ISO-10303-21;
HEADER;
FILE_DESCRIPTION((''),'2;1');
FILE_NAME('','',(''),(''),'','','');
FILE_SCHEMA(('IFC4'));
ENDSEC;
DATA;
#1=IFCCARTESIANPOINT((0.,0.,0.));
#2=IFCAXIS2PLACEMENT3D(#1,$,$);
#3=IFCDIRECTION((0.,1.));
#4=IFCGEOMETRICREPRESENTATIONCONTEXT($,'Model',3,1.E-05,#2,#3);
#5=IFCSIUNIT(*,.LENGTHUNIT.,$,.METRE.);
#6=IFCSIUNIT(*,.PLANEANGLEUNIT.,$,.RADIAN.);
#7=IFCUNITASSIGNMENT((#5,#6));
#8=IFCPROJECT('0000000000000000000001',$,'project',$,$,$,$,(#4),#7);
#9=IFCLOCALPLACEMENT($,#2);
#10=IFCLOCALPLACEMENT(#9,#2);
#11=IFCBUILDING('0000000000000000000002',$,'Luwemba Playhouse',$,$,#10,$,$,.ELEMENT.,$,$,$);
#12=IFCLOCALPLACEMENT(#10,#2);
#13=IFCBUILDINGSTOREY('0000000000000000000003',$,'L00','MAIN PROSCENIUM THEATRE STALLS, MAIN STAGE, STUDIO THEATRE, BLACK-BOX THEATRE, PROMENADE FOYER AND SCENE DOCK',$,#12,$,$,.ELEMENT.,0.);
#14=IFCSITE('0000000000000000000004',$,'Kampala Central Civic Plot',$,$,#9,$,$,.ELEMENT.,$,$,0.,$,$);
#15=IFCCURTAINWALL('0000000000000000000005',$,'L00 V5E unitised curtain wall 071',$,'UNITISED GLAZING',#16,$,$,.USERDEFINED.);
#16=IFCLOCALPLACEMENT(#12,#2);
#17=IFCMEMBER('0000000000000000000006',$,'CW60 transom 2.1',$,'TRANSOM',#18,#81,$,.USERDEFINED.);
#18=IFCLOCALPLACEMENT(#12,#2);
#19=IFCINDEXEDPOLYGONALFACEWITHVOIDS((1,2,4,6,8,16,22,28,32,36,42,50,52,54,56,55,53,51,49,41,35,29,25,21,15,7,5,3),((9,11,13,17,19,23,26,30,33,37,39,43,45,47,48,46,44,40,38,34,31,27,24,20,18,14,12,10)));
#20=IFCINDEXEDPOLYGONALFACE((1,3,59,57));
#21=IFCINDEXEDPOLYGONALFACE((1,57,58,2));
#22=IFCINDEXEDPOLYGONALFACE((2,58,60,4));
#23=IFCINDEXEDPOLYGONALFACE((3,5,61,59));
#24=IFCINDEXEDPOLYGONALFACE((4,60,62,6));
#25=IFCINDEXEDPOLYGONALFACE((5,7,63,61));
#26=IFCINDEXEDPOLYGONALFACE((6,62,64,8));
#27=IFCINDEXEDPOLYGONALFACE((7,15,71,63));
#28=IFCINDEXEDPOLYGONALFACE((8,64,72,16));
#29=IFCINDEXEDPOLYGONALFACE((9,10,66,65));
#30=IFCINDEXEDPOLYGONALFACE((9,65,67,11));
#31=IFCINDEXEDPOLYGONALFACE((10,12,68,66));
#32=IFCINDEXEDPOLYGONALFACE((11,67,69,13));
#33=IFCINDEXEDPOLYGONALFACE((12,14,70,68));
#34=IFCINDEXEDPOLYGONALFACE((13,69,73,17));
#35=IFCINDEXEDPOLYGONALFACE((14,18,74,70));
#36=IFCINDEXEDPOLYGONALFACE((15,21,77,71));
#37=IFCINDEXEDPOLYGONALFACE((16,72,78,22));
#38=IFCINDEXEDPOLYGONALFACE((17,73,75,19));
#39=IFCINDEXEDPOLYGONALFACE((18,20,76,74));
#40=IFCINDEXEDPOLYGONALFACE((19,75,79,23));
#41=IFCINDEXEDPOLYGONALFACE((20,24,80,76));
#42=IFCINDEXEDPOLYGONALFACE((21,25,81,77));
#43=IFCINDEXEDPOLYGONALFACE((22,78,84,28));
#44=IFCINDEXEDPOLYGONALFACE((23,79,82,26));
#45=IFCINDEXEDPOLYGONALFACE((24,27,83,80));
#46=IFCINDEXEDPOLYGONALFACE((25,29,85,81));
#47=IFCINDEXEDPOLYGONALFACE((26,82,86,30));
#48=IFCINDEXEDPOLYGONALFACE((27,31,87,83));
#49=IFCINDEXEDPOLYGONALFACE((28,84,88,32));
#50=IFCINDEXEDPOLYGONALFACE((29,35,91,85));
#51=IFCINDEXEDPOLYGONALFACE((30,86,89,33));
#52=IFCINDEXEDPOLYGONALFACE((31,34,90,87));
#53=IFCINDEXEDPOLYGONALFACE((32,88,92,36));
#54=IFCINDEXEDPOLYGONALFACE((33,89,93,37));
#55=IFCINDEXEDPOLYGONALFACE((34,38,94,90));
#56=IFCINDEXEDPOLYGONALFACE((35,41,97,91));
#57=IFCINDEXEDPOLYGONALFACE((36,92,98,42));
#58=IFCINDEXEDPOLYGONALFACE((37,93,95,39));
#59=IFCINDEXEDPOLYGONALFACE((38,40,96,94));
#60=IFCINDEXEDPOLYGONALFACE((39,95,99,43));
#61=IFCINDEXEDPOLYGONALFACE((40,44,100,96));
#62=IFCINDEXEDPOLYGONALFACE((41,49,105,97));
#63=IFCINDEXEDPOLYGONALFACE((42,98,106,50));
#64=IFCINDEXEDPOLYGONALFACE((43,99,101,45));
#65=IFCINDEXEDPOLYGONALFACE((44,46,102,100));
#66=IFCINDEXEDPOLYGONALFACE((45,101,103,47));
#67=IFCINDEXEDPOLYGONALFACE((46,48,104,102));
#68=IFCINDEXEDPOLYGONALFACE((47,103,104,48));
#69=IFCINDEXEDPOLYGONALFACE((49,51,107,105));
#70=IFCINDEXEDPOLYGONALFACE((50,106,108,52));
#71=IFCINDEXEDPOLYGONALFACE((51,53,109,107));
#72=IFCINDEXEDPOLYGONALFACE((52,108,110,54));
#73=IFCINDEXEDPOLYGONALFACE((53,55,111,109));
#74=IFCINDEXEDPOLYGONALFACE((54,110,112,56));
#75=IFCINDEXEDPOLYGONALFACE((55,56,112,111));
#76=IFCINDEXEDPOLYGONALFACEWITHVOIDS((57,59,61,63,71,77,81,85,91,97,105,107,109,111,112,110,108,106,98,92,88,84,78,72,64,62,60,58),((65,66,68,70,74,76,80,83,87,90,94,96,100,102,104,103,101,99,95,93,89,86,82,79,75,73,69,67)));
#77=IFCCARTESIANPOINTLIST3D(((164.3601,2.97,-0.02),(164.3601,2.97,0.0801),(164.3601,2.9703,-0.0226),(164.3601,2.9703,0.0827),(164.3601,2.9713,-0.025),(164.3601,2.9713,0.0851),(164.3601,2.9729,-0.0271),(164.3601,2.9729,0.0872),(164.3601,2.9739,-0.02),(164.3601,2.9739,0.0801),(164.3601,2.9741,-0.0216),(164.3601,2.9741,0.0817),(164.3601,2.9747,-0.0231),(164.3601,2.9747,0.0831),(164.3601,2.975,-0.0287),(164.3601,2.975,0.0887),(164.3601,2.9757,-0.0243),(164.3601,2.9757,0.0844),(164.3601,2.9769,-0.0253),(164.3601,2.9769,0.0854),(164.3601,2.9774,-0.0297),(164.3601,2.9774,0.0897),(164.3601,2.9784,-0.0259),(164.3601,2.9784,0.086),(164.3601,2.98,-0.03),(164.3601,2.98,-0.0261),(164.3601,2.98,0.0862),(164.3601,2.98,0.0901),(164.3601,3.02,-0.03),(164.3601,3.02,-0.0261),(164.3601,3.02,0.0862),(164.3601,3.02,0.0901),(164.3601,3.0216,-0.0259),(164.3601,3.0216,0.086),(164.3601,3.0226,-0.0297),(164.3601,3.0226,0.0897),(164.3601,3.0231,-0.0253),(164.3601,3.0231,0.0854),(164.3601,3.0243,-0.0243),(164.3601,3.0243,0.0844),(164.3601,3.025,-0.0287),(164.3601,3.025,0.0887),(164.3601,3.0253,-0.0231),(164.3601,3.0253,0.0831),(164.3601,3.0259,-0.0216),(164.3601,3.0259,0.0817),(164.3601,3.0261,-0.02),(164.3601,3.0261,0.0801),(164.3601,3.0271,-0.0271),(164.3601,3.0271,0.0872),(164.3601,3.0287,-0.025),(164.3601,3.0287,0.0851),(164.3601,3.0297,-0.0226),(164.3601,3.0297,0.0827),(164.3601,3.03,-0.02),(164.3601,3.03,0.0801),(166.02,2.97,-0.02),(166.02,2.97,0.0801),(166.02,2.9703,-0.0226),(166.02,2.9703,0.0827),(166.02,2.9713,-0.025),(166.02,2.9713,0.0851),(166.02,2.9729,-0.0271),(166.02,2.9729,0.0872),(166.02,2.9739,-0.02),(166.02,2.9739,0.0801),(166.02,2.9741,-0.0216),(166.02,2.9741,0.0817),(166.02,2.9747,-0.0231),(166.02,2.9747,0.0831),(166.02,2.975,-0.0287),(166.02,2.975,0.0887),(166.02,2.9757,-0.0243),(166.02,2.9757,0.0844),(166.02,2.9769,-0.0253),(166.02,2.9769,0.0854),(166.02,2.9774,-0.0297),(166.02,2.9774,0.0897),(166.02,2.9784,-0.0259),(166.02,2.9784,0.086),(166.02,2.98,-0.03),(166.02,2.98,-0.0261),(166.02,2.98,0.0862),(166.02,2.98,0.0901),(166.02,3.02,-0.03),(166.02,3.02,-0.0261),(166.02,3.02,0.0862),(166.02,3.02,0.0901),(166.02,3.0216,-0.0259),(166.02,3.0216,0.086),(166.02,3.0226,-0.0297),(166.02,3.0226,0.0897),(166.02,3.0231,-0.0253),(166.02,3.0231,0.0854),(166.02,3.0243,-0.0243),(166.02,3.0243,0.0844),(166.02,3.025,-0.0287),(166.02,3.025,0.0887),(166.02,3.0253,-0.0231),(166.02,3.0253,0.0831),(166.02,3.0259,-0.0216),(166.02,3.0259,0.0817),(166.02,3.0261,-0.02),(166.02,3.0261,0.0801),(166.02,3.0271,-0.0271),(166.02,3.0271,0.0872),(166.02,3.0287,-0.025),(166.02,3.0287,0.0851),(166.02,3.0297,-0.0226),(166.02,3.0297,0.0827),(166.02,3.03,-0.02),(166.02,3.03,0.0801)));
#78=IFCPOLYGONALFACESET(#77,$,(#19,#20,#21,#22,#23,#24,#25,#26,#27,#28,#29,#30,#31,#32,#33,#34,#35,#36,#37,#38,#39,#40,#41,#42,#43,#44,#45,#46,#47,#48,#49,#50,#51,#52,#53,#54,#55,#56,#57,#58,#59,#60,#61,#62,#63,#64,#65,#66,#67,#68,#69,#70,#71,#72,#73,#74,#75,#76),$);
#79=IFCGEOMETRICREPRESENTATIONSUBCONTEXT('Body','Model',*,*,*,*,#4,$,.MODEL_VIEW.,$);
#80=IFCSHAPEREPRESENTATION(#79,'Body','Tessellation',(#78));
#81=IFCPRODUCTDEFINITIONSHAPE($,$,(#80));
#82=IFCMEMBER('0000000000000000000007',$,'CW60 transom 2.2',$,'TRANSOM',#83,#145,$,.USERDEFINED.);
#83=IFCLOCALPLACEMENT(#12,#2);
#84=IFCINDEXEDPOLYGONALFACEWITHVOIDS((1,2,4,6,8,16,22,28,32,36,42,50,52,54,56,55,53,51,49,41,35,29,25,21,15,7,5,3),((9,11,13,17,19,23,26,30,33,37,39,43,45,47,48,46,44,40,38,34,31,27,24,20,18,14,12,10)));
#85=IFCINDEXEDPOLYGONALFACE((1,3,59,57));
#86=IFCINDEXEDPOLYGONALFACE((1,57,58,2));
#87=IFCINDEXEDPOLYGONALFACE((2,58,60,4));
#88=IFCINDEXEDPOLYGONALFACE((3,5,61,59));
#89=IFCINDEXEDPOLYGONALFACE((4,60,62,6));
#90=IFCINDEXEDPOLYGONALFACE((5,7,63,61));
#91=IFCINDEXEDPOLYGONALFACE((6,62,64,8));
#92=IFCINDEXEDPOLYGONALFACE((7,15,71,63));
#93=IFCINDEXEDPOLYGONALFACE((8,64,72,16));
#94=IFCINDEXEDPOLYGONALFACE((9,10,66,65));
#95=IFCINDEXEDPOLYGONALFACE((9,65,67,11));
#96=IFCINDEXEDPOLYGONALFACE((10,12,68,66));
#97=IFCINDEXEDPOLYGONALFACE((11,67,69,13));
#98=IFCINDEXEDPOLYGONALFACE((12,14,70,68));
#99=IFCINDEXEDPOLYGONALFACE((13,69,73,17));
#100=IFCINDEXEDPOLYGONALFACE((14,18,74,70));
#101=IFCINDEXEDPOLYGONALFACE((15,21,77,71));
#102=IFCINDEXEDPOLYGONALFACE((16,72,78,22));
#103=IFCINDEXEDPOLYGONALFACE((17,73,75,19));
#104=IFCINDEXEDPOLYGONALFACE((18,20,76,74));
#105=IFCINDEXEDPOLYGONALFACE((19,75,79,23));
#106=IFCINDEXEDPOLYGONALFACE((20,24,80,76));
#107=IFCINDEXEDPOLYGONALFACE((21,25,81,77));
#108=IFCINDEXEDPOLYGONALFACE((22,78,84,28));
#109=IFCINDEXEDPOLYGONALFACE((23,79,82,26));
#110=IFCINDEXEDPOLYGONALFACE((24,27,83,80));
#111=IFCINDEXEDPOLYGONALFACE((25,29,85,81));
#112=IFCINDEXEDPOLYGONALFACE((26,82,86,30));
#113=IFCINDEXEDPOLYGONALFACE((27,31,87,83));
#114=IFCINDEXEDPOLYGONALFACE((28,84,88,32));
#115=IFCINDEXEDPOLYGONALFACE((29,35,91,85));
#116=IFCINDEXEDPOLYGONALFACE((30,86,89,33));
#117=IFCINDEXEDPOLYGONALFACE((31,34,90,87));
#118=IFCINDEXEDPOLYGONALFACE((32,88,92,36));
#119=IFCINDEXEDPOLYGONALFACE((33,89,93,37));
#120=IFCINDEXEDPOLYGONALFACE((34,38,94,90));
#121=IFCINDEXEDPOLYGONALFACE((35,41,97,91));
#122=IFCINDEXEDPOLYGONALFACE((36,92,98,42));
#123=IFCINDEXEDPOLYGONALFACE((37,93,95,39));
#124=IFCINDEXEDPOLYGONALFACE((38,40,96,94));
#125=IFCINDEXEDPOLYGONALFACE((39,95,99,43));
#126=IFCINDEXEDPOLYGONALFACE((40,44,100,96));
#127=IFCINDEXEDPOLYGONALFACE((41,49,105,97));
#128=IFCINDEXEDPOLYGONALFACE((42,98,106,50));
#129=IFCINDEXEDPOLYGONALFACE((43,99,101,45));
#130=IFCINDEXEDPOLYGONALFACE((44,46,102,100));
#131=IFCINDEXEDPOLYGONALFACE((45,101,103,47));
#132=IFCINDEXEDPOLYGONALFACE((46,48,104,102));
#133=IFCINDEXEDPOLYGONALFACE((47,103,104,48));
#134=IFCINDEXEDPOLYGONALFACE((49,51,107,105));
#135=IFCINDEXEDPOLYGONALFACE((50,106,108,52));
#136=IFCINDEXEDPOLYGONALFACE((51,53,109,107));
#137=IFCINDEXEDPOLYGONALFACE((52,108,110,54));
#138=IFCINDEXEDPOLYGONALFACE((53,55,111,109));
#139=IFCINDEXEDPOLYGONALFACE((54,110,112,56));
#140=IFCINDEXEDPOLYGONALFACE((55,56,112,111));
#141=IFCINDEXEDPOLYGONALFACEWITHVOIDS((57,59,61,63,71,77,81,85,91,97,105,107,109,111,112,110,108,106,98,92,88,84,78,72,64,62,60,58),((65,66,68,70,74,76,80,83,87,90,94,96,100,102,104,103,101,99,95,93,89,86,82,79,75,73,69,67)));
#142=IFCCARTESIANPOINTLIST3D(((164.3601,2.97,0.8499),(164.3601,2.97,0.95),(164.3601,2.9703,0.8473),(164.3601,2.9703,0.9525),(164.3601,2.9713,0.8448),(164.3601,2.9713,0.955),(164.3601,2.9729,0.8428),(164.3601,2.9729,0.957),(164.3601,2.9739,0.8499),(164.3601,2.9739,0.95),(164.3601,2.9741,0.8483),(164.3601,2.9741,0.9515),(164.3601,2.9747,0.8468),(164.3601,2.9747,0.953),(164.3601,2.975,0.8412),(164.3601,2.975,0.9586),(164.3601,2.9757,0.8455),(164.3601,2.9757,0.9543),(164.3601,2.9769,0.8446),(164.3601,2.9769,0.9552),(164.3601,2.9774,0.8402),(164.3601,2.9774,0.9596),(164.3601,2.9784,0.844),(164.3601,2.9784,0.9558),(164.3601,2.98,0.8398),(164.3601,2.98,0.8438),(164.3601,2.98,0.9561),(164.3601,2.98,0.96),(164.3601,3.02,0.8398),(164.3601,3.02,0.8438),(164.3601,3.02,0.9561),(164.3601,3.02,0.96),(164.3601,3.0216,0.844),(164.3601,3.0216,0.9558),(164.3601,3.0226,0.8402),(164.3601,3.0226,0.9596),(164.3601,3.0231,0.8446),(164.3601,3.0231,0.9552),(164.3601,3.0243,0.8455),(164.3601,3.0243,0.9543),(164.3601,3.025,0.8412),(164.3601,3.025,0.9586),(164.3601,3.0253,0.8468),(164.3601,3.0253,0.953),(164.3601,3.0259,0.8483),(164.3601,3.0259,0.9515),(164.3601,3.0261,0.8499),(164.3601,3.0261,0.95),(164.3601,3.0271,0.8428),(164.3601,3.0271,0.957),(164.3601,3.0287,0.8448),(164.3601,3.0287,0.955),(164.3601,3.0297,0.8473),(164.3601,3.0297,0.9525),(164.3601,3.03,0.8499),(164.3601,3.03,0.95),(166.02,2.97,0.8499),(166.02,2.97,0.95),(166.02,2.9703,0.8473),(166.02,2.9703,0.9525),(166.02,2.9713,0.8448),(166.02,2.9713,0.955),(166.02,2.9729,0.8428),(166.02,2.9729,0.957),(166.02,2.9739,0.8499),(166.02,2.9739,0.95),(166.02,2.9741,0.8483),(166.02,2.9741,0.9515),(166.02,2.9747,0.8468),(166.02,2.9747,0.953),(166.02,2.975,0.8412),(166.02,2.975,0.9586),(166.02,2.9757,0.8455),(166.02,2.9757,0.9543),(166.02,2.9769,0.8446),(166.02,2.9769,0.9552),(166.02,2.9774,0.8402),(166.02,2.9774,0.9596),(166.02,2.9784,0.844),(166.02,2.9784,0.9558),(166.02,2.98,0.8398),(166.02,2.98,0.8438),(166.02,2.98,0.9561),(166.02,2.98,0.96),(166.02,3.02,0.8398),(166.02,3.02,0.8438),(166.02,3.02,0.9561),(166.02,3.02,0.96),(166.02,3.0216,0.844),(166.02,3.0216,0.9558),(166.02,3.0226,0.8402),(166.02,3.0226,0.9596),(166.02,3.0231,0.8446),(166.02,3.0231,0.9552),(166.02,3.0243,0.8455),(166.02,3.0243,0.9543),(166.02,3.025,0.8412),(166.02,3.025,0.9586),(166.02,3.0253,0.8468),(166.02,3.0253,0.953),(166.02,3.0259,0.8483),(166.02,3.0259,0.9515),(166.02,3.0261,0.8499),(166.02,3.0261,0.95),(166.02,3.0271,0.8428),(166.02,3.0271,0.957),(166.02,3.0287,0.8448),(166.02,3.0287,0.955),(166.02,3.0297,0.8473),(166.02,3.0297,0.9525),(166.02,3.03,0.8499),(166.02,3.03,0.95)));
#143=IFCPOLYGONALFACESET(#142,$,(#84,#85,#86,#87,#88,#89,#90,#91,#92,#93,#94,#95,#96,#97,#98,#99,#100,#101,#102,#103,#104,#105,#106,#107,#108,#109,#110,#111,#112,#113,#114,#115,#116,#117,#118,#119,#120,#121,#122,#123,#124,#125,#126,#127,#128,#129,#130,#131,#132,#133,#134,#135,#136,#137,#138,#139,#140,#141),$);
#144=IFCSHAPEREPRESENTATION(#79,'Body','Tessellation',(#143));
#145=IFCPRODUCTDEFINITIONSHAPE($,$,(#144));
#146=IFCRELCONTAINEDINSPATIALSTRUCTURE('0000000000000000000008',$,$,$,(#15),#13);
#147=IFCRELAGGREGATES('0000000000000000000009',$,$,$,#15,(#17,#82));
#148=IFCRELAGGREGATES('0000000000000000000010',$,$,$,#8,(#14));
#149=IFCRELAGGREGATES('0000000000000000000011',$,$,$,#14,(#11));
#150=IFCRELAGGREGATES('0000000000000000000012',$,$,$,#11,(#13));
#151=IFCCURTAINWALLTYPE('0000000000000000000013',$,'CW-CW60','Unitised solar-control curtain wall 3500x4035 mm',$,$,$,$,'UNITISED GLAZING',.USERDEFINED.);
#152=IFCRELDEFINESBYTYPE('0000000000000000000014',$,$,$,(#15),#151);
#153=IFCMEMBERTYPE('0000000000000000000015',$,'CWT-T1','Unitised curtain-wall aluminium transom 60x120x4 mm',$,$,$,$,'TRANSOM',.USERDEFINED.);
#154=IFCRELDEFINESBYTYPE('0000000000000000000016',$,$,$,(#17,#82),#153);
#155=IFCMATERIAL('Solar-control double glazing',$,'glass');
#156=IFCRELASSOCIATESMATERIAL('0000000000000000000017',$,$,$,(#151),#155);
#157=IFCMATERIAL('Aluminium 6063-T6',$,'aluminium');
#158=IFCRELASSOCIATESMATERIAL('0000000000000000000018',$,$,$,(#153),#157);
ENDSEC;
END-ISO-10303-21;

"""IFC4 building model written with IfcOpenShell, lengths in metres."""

from ifc_helpers import new_model, si_unit, direction, frame, origin, origin_2d, place, context, subcontext, project, spatial, hollow_rectangle, extrude, material, material_profile, profile_set, type_object, element, aggregate, save


model = new_model("IFC4")

# Units and contexts
model_context = context("Model", 3, precision=1e-05, world=origin(), true_north=direction((0.0, 1.0)))
body_context = subcontext(model_context, "Body", "Model", "MODEL_VIEW")
ifc_project = project(units=[si_unit("LENGTHUNIT", "METRE"), si_unit("PLANEANGLEUNIT", "RADIAN")], contexts=[model_context])

# Site, building, storey
site_placement = place(None, origin())
site = spatial("IfcSite", under=ifc_project, at=site_placement, Name="Kampala Central Civic Plot", CompositionType="ELEMENT", RefElevation=0.0)
building_placement = place(site_placement, origin())
building = spatial("IfcBuilding", under=site, at=building_placement, Name="Luwemba Playhouse", CompositionType="ELEMENT")
storey_placement = place(building_placement, origin())
storey = spatial("IfcBuildingStorey", under=building, at=storey_placement, Name="L00", Description="MAIN PROSCENIUM THEATRE STALLS, MAIN STAGE, STUDIO THEATRE, BLACK-BOX THEATRE, PROMENADE FOYER AND SCENE DOCK", CompositionType="ELEMENT", Elevation=0.0)

# Curtain wall, members
ifc_material_1 = material(Name="Solar-control double glazing", Category="glass")
curtain_wall_type = type_object("IfcCurtainWallType", Name="CW-CW60", Description="Unitised solar-control curtain wall 3500x4035 mm", ElementType="UNITISED GLAZING", PredefinedType="USERDEFINED", material=ifc_material_1)
curtain_wall_placement = place(storey_placement, origin())
curtain_wall = element("IfcCurtainWall", 1, at=curtain_wall_placement, inside=storey, type_object=curtain_wall_type, Name="L00 V5E unitised curtain wall 071", ObjectType="UNITISED GLAZING", PredefinedType="USERDEFINED")
ifc_material_2 = material(Name="Aluminium 6063-T6", Category="aluminium")
ifc_material_profile_1 = material_profile(ifc_material_2, hollow_rectangle(XDim=0.0601, YDim=0.1201, WallThickness=0.0039, InnerFilletRadius=0.0061, OuterFilletRadius=0.01, at=origin_2d()))
ifc_profile_set_1 = profile_set([ifc_material_profile_1], Name="Aluminium 6063-T6")
member_type_1 = type_object("IfcMemberType", Name="CWT-T1", Description="Unitised curtain-wall aluminium transom 60x120x4 mm", ElementType="TRANSOM", PredefinedType="USERDEFINED", material=ifc_profile_set_1)
member_1_placement = place(storey_placement, frame((166.02, 3.0, 0.03), z_axis=(-1.0, 0.0, 0.0), x_axis=(0.0, -1.0, 0.0)))
member_1 = element("IfcMember", 2, at=member_1_placement, type_object=member_type_1, Name="CW60 transom 2.1", ObjectType="TRANSOM", PredefinedType="USERDEFINED", context=body_context, shape_type="SweptSolid", body=[
    extrude(hollow_rectangle(XDim=0.0601, YDim=0.1201, WallThickness=0.0039, InnerFilletRadius=0.0061, OuterFilletRadius=0.01, at=origin_2d()), origin(), (0.0, 0.0, 1.0), 1.6599),
])
member_2_placement = place(storey_placement, frame((166.02, 3.0, 0.8999), z_axis=(-1.0, 0.0, 0.0), x_axis=(0.0, -1.0, 0.0)))
member_2 = element("IfcMember", 3, at=member_2_placement, type_object=member_type_1, Name="CW60 transom 2.2", ObjectType="TRANSOM", PredefinedType="USERDEFINED", context=body_context, shape_type="SweptSolid", body=[
    extrude(hollow_rectangle(XDim=0.0601, YDim=0.1201, WallThickness=0.0039, InnerFilletRadius=0.0061, OuterFilletRadius=0.01, at=origin_2d()), origin(), (0.0, 0.0, 1.0), 1.6599),
])
aggregate(curtain_wall, [member_1, member_2])

save(model, "model.ifc")
